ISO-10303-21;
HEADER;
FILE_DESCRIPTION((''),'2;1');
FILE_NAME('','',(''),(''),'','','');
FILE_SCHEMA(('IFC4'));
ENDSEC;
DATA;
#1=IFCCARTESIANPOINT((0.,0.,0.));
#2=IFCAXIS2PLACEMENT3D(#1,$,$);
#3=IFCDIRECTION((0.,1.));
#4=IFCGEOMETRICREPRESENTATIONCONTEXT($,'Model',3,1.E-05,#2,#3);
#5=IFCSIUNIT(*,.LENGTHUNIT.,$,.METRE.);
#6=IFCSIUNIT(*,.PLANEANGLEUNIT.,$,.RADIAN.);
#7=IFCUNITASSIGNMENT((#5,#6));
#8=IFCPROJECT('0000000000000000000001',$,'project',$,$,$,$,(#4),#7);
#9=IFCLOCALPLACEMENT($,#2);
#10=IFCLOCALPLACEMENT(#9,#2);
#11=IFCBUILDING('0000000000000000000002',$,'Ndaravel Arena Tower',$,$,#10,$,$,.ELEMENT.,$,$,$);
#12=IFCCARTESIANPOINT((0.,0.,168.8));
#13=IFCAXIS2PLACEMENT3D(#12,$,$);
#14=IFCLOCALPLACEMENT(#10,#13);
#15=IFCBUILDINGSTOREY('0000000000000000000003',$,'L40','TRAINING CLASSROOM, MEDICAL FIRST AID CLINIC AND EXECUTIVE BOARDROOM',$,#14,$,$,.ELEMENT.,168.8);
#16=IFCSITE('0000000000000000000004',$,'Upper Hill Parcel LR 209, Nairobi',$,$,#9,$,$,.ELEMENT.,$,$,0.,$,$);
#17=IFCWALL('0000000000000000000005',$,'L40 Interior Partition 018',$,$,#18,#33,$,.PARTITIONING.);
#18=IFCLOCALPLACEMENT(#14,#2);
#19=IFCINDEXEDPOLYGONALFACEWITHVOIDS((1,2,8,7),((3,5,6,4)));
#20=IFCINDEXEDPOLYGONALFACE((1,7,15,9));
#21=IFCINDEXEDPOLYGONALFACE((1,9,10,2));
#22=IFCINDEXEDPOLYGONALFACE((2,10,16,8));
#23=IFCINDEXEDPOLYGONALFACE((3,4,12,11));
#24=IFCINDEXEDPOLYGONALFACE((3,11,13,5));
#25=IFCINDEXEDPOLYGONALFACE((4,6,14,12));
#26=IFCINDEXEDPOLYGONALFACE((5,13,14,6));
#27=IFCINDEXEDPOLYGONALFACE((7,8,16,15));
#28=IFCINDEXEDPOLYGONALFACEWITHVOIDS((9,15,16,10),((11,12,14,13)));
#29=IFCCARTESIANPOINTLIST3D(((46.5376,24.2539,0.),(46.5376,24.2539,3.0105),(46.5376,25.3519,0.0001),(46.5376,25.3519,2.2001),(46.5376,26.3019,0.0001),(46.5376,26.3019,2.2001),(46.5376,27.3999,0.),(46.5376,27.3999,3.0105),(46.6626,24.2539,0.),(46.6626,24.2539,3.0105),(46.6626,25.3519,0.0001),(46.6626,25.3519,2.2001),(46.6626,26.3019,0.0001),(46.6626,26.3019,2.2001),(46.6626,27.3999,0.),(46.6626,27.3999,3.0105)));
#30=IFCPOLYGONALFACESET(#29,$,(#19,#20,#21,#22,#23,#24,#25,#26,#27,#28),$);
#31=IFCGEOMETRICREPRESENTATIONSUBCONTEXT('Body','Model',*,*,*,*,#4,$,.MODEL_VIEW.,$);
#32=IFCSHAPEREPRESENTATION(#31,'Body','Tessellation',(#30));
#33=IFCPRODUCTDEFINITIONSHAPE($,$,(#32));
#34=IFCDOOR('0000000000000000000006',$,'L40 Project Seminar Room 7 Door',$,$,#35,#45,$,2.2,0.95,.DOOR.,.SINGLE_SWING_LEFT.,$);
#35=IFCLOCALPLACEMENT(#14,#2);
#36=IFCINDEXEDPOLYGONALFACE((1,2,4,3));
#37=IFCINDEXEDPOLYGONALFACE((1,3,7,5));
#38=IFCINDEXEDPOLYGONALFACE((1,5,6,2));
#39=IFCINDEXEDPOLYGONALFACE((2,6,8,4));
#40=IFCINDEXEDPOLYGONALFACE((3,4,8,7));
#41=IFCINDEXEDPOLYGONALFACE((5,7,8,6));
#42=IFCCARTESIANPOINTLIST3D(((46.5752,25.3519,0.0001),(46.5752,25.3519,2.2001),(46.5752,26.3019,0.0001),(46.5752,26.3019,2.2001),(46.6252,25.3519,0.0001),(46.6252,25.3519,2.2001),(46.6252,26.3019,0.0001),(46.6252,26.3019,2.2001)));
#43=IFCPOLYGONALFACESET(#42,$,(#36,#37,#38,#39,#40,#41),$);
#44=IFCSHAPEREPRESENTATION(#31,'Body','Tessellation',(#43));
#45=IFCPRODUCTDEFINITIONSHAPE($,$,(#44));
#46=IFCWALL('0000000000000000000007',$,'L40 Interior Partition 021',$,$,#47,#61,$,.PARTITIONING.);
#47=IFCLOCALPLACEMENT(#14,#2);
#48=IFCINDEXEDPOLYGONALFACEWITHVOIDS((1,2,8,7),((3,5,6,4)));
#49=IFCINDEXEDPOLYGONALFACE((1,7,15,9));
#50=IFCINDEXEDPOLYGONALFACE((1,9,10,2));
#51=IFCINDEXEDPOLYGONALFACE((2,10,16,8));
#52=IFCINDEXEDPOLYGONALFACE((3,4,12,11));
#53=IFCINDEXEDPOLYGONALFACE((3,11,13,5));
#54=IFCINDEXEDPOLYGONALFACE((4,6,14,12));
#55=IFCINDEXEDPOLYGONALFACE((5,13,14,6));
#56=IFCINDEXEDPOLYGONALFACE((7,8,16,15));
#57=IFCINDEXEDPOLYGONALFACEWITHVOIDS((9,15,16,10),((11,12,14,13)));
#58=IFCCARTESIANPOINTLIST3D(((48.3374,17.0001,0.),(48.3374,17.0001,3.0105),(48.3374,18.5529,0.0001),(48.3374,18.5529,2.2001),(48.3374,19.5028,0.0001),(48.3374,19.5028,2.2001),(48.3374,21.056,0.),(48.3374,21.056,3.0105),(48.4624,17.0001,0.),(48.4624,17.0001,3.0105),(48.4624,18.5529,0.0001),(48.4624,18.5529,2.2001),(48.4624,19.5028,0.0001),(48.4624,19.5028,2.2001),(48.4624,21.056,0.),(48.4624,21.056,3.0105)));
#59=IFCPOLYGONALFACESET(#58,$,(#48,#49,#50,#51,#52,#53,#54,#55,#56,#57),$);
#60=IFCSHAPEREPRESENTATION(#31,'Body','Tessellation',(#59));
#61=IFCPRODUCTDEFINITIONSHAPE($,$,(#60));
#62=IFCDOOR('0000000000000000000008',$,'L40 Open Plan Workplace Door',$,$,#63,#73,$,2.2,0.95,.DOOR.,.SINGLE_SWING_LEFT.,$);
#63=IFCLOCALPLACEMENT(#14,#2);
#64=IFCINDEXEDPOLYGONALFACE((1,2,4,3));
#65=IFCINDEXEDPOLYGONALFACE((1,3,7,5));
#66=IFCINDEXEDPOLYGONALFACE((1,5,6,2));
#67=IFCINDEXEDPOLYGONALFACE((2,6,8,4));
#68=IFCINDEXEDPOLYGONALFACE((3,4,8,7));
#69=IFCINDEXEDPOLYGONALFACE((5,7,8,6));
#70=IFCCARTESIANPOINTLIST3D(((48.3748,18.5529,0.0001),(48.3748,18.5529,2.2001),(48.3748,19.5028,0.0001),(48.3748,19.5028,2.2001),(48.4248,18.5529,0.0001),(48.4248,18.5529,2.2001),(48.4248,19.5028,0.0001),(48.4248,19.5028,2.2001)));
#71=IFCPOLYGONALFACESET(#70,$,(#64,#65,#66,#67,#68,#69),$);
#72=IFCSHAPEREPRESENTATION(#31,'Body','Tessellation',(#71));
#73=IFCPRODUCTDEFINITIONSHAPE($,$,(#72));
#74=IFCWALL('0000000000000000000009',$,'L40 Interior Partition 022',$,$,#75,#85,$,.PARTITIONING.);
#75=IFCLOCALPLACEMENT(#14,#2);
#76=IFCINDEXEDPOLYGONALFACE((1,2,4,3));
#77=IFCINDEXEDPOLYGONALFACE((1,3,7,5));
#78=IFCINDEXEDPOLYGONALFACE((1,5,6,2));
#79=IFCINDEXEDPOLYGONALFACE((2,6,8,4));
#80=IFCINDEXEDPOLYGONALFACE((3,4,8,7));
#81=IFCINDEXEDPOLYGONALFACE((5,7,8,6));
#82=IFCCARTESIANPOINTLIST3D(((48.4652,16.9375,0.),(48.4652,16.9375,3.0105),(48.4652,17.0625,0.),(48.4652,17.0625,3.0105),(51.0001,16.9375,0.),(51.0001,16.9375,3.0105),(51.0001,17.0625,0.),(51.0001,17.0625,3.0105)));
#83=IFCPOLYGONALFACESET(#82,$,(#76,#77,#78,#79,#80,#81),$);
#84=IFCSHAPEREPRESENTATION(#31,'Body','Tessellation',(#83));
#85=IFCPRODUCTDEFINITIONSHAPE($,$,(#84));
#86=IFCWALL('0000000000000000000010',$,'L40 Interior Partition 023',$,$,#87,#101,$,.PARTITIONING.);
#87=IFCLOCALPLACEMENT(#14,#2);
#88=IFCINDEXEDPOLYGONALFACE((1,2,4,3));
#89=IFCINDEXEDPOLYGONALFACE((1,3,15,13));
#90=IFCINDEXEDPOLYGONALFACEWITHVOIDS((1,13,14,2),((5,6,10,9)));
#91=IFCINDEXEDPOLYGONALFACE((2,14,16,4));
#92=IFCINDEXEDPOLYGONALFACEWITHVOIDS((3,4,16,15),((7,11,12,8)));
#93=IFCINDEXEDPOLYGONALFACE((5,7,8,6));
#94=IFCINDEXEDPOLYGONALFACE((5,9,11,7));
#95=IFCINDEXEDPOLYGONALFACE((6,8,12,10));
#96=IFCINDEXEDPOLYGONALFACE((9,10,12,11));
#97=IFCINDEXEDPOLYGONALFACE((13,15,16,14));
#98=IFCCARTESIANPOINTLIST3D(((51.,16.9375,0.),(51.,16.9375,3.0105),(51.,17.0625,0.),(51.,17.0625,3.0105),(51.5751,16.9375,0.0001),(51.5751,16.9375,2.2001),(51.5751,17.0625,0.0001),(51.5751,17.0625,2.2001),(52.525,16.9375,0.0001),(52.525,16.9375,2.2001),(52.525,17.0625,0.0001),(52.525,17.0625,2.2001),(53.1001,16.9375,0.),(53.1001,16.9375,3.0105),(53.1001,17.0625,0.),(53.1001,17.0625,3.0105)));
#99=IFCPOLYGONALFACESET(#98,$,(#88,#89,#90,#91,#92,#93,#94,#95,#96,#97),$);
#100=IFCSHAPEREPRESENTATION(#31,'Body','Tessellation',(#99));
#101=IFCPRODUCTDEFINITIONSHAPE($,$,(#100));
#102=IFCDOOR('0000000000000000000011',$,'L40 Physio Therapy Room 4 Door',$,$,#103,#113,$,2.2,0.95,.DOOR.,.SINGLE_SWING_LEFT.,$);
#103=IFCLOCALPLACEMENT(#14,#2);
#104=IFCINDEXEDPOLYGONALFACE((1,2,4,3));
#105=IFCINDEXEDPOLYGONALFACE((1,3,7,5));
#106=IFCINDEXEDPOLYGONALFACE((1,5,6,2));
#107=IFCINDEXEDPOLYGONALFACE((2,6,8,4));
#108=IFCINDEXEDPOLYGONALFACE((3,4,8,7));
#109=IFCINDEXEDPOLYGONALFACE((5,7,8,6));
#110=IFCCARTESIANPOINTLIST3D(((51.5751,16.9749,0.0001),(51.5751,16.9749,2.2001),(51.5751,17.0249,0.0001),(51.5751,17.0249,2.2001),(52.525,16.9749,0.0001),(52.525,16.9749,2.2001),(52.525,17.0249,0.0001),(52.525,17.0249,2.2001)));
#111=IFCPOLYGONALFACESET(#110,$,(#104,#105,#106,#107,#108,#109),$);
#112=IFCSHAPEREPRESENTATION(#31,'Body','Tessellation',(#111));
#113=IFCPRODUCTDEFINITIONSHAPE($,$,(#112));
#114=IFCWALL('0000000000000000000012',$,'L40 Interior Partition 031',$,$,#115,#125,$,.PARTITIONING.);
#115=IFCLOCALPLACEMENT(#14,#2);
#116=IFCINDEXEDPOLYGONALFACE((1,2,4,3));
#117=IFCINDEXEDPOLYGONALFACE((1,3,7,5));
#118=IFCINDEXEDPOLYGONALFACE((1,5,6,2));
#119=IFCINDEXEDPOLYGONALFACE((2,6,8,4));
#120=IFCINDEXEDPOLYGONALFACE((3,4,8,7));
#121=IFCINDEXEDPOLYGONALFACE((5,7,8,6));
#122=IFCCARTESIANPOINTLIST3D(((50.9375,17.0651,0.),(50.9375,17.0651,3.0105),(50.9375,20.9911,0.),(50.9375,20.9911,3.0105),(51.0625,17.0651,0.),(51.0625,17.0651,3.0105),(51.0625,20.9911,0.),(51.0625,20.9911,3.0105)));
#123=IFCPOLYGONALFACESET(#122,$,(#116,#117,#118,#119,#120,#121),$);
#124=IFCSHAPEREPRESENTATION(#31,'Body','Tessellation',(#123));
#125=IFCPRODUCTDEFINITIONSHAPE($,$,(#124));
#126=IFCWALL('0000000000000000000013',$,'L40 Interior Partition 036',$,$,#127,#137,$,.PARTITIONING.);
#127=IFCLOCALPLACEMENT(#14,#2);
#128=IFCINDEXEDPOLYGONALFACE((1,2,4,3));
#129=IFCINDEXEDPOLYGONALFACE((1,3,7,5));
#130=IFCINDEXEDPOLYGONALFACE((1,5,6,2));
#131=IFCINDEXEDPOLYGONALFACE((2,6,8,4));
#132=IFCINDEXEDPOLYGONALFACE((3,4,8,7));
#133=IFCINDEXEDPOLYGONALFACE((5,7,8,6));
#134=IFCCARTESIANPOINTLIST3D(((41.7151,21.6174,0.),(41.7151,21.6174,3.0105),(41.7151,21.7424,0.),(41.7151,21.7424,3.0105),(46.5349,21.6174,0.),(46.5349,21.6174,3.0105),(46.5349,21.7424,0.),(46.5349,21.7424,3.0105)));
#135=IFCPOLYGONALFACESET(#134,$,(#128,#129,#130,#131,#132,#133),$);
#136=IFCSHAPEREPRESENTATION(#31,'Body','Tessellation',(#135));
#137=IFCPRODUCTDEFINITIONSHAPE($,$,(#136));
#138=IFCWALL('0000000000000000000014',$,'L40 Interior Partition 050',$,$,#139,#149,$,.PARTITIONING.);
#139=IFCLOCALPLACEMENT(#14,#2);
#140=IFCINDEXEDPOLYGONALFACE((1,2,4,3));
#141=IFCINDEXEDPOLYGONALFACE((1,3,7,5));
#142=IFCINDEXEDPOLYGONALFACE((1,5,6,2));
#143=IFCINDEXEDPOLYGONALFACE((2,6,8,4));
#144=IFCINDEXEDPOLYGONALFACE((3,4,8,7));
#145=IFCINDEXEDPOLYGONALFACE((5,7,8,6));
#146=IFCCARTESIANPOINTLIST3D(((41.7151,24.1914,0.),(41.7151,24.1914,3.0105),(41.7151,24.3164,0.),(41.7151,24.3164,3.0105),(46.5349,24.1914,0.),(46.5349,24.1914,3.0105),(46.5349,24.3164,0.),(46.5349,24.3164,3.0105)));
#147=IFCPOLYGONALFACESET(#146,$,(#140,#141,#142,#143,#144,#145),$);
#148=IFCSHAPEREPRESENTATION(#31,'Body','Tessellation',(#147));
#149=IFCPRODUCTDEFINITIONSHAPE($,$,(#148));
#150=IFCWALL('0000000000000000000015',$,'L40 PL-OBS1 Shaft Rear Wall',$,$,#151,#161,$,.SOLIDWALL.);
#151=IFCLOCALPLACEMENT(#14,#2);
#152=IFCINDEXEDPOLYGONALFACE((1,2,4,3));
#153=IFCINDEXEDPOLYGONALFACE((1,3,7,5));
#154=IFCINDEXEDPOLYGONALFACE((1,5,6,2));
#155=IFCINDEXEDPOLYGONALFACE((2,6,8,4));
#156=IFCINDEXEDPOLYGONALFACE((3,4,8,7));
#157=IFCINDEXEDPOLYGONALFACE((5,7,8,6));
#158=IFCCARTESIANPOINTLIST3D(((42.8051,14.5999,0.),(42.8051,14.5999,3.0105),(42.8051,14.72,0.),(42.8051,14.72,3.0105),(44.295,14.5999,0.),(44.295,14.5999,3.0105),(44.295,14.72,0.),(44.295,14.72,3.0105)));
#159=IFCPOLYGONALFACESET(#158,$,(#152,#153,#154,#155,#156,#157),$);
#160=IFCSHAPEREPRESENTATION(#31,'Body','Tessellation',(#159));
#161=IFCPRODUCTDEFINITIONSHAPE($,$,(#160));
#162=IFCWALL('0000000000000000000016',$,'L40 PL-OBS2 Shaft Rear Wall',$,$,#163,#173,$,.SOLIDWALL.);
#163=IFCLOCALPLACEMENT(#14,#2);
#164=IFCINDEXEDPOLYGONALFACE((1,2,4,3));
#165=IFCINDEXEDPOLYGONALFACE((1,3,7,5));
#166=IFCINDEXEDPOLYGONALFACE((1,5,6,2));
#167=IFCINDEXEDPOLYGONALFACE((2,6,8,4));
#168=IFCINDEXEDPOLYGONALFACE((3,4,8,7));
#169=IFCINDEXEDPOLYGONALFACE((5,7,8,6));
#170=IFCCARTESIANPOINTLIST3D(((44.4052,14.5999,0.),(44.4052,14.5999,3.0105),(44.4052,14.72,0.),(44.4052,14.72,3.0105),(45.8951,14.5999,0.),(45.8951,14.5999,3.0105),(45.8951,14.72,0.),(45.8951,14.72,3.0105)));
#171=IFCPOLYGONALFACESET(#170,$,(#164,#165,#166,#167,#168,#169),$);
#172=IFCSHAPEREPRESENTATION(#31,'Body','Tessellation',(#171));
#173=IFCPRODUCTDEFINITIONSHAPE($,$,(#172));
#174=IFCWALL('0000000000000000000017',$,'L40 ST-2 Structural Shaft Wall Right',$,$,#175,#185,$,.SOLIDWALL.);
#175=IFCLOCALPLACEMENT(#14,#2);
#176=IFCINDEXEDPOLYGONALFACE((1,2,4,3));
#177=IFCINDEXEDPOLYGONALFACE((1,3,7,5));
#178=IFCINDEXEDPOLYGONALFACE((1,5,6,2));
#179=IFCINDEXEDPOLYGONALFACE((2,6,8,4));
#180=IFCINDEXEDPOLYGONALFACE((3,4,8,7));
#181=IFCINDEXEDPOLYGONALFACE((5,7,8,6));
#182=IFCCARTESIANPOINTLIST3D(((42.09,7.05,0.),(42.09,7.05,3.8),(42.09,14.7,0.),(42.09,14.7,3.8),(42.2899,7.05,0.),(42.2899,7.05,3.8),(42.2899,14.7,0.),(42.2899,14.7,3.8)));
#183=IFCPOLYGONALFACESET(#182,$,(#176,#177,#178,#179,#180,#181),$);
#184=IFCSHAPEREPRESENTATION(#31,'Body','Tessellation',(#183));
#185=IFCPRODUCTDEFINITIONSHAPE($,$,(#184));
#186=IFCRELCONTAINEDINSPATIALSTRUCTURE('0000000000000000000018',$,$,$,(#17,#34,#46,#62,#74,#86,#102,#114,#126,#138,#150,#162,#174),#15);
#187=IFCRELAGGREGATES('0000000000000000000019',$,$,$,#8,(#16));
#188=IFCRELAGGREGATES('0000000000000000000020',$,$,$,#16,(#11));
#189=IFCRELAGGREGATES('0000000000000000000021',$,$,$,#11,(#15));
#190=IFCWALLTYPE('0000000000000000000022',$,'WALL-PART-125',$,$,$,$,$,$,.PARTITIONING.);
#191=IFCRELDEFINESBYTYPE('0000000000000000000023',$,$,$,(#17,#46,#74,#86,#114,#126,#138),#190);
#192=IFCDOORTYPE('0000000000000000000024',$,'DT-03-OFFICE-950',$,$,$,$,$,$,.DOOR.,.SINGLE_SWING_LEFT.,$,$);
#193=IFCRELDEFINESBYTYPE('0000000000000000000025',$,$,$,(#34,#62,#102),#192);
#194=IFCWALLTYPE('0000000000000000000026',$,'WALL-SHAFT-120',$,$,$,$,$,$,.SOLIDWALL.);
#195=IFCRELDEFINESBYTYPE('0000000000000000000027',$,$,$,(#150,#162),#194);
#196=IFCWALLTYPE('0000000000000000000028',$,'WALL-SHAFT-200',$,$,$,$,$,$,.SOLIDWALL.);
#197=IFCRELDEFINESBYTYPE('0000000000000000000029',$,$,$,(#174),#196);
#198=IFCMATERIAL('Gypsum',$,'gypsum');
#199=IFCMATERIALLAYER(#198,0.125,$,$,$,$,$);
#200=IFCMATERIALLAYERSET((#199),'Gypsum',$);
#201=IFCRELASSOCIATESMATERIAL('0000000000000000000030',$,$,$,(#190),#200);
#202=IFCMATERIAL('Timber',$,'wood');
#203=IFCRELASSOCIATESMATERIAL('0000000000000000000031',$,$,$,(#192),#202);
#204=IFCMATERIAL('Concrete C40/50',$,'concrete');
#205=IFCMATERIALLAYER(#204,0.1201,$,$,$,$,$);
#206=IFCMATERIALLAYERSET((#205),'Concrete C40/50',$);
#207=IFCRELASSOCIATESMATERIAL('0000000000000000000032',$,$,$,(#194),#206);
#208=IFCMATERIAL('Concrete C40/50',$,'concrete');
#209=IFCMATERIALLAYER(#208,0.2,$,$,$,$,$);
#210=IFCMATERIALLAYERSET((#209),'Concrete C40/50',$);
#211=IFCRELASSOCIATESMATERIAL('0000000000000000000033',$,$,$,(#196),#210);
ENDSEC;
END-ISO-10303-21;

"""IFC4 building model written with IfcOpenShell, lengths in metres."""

from ifc_helpers import new_model, si_unit, direction, frame, frame_2d, origin, place, context, subcontext, project, spatial, rectangle, extrude, material, layer, layer_set, type_object, element, fill, save


model = new_model("IFC4")

# Units and contexts
model_context = context("Model", 3, precision=1e-05, world=origin(), true_north=direction((0.0, 1.0)))
body_context = subcontext(model_context, "Body", "Model", "MODEL_VIEW")
ifc_project = project(units=[si_unit("LENGTHUNIT", "METRE"), si_unit("PLANEANGLEUNIT", "RADIAN")], contexts=[model_context])

# Site, building, storey
site_placement = place(None, origin())
site = spatial("IfcSite", under=ifc_project, at=site_placement, Name="Upper Hill Parcel LR 209, Nairobi", CompositionType="ELEMENT", RefElevation=0.0)
building_placement = place(site_placement, origin())
building = spatial("IfcBuilding", under=site, at=building_placement, Name="Ndaravel Arena Tower", CompositionType="ELEMENT")
storey_placement = place(building_placement, frame((0.0, 0.0, 168.8)))
storey = spatial("IfcBuildingStorey", under=building, at=storey_placement, Name="L40", Description="TRAINING CLASSROOM, MEDICAL FIRST AID CLINIC AND EXECUTIVE BOARDROOM", CompositionType="ELEMENT", Elevation=168.8)

# Shared definitions
ifc_material_1 = material(Name="Gypsum", Category="gypsum")
ifc_layer_1 = layer(ifc_material_1, 0.125)
ifc_layer_set_1 = layer_set([ifc_layer_1], Name="Gypsum")
wall_type_1 = type_object("IfcWallType", Name="WALL-PART-125", PredefinedType="PARTITIONING", material=ifc_layer_set_1)

# Walls, openings, doors
ifc_material_2 = material(Name="Timber", Category="wood")
door_type = type_object("IfcDoorType", Name="DT-03-OFFICE-950", OperationType="SINGLE_SWING_LEFT", PredefinedType="DOOR", material=ifc_material_2)
wall_1_placement = place(storey_placement, frame((46.6001, 24.2539, 0.0), z_axis=(0.0, 0.0, 1.0), x_axis=(0.0, 1.0, 0.0)))
wall_1 = element("IfcWall", 1, at=wall_1_placement, inside=storey, type_object=wall_type_1, Name="L40 Interior Partition 018", PredefinedType="PARTITIONING", context=body_context, shape_type="SweptSolid", body=[
    extrude(rectangle(XDim=3.146, YDim=0.125, at=frame_2d((1.573, 0.0))), origin(), (0.0, 0.0, 1.0), 3.0105),
])
opening_1_placement = place(wall_1_placement, frame((1.0979, 0.0, 0.0)))
opening_1 = element("IfcOpeningElement", 2, at=opening_1_placement, cuts=wall_1, PredefinedType="OPENING", context=body_context, shape_type="SweptSolid", body=[
    extrude(rectangle(XDim=0.95, YDim=2.2, at=frame_2d((0.4751, 1.1001))), frame((0.0, 0.0625, 0.0), z_axis=(0.0, -1.0, 0.0), x_axis=(1.0, 0.0, 0.0)), (0.0, 0.0, 1.0), 0.125),
])
door_1_placement = place(opening_1_placement, origin())
door_1 = element("IfcDoor", 3, at=door_1_placement, inside=storey, type_object=door_type, Name="L40 Project Seminar Room 7 Door", OperationType="SINGLE_SWING_LEFT", OverallHeight=2.2, OverallWidth=0.95, PredefinedType="DOOR", context=body_context, shape_type="SweptSolid", body=[
    extrude(rectangle(XDim=0.95, YDim=2.2, at=frame_2d((0.4751, 1.1001))), frame((0.0, 0.0249, 0.0), z_axis=(0.0, -1.0, 0.0), x_axis=(1.0, 0.0, 0.0)), (0.0, 0.0, 1.0), 0.05),
])
fill(opening_1, door_1)
wall_2_placement = place(storey_placement, frame((48.3999, 21.0559, 0.0), z_axis=(0.0, 0.0, 1.0), x_axis=(0.0, -1.0, 0.0)))
wall_2 = element("IfcWall", 4, at=wall_2_placement, inside=storey, type_object=wall_type_1, Name="L40 Interior Partition 021", PredefinedType="PARTITIONING", context=body_context, shape_type="SweptSolid", body=[
    extrude(rectangle(XDim=4.0559, YDim=0.125, at=frame_2d((2.0278, 0.0))), origin(), (0.0, 0.0, 1.0), 3.0105),
])
opening_2_placement = place(wall_2_placement, frame((1.553, 0.0, 0.0)))
opening_2 = element("IfcOpeningElement", 5, at=opening_2_placement, cuts=wall_2, PredefinedType="OPENING", context=body_context, shape_type="SweptSolid", body=[
    extrude(rectangle(XDim=0.95, YDim=2.2, at=frame_2d((0.4751, 1.1001))), frame((0.0, 0.0625, 0.0), z_axis=(0.0, -1.0, 0.0), x_axis=(1.0, 0.0, 0.0)), (0.0, 0.0, 1.0), 0.125),
])
door_2_placement = place(opening_2_placement, origin())
door_2 = element("IfcDoor", 6, at=door_2_placement, inside=storey, type_object=door_type, Name="L40 Open Plan Workplace Door", OperationType="SINGLE_SWING_LEFT", OverallHeight=2.2, OverallWidth=0.95, PredefinedType="DOOR", context=body_context, shape_type="SweptSolid", body=[
    extrude(rectangle(XDim=0.95, YDim=2.2, at=frame_2d((0.4751, 1.1001))), frame((0.0, 0.0249, 0.0), z_axis=(0.0, -1.0, 0.0), x_axis=(1.0, 0.0, 0.0)), (0.0, 0.0, 1.0), 0.05),
])
fill(opening_2, door_2)

# Wall
wall_3_placement = place(storey_placement, frame((48.4651, 17.0, 0.0), z_axis=(0.0, 0.0, 1.0), x_axis=(1.0, 0.0, 0.0)))
element("IfcWall", 7, at=wall_3_placement, inside=storey, type_object=wall_type_1, Name="L40 Interior Partition 022", PredefinedType="PARTITIONING", context=body_context, shape_type="SweptSolid", body=[
    extrude(rectangle(XDim=2.5349, YDim=0.125, at=frame_2d((1.2676, 0.0))), origin(), (0.0, 0.0, 1.0), 3.0105),
])

# Wall, opening, door
wall_4_placement = place(storey_placement, frame((51.0, 17.0, 0.0), z_axis=(0.0, 0.0, 1.0), x_axis=(1.0, 0.0, 0.0)))
wall_4 = element("IfcWall", 8, at=wall_4_placement, inside=storey, type_object=wall_type_1, Name="L40 Interior Partition 023", PredefinedType="PARTITIONING", context=body_context, shape_type="SweptSolid", body=[
    extrude(rectangle(XDim=2.1001, YDim=0.125, at=frame_2d((1.05, 0.0))), origin(), (0.0, 0.0, 1.0), 3.0105),
])
opening_3_placement = place(wall_4_placement, frame((0.575, 0.0, 0.0)))
opening_3 = element("IfcOpeningElement", 9, at=opening_3_placement, cuts=wall_4, PredefinedType="OPENING", context=body_context, shape_type="SweptSolid", body=[
    extrude(rectangle(XDim=0.95, YDim=2.2, at=frame_2d((0.4751, 1.1001))), frame((0.0, 0.0625, 0.0), z_axis=(0.0, -1.0, 0.0), x_axis=(1.0, 0.0, 0.0)), (0.0, 0.0, 1.0), 0.125),
])
door_3_placement = place(opening_3_placement, origin())
door_3 = element("IfcDoor", 10, at=door_3_placement, inside=storey, type_object=door_type, Name="L40 Physio Therapy Room 4 Door", OperationType="SINGLE_SWING_LEFT", OverallHeight=2.2, OverallWidth=0.95, PredefinedType="DOOR", context=body_context, shape_type="SweptSolid", body=[
    extrude(rectangle(XDim=0.95, YDim=2.2, at=frame_2d((0.4751, 1.1001))), frame((0.0, 0.0249, 0.0), z_axis=(0.0, -1.0, 0.0), x_axis=(1.0, 0.0, 0.0)), (0.0, 0.0, 1.0), 0.05),
])
fill(opening_3, door_3)

# Walls
wall_5_placement = place(storey_placement, frame((51.0, 20.991, 0.0), z_axis=(0.0, 0.0, 1.0), x_axis=(0.0, -1.0, 0.0)))
element("IfcWall", 11, at=wall_5_placement, inside=storey, type_object=wall_type_1, Name="L40 Interior Partition 031", PredefinedType="PARTITIONING", context=body_context, shape_type="SweptSolid", body=[
    extrude(rectangle(XDim=3.926, YDim=0.125, at=frame_2d((1.9629, 0.0))), origin(), (0.0, 0.0, 1.0), 3.0105),
])
for number, where, z_axis, x_axis, name in (
    (12, (41.7151, 21.6799, 0.0), (0.0, 0.0, 1.0), (1.0, 0.0, 0.0), "L40 Interior Partition 036"),
    (13, (41.7151, 24.2539, 0.0), (0.0, 0.0, 1.0), (1.0, 0.0, 0.0), "L40 Interior Partition 050"),
):
    element("IfcWall", number, at=place(storey_placement, frame(where, z_axis=z_axis, x_axis=x_axis)), inside=storey, type_object=wall_type_1, Name=name, PredefinedType="PARTITIONING", context=body_context, shape_type="SweptSolid", body=[
        extrude(rectangle(XDim=4.8198, YDim=0.125, at=frame_2d((2.4099, 0.0))), origin(), (0.0, 0.0, 1.0), 3.0105),
    ])
ifc_material_3 = material(Name="Concrete C40/50", Category="concrete")
ifc_layer_2 = layer(ifc_material_3, 0.1201)
ifc_layer_set_2 = layer_set([ifc_layer_2], Name="Concrete C40/50")
wall_type_2 = type_object("IfcWallType", Name="WALL-SHAFT-120", PredefinedType="SOLIDWALL", material=ifc_layer_set_2)
for number, where, z_axis, x_axis, name in (
    (14, (42.8049, 14.6599, 0.0), (0.0, 0.0, 1.0), (1.0, 0.0, 0.0), "L40 PL-OBS1 Shaft Rear Wall"),
    (15, (44.405, 14.6599, 0.0), (0.0, 0.0, 1.0), (1.0, 0.0, 0.0), "L40 PL-OBS2 Shaft Rear Wall"),
):
    element("IfcWall", number, at=place(storey_placement, frame(where, z_axis=z_axis, x_axis=x_axis)), inside=storey, type_object=wall_type_2, Name=name, PredefinedType="SOLIDWALL", context=body_context, shape_type="SweptSolid", body=[
        extrude(rectangle(XDim=1.49, YDim=0.1201, at=frame_2d((0.7451, 0.0))), origin(), (0.0, 0.0, 1.0), 3.0105),
    ])
ifc_material_4 = material(Name="Concrete C40/50", Category="concrete")
ifc_layer_3 = layer(ifc_material_4, 0.2)
ifc_layer_set_3 = layer_set([ifc_layer_3], Name="Concrete C40/50")
wall_type_3 = type_object("IfcWallType", Name="WALL-SHAFT-200", PredefinedType="SOLIDWALL", material=ifc_layer_set_3)
wall_6_placement = place(storey_placement, frame((42.1899, 14.7, 0.0), z_axis=(0.0, 0.0, 1.0), x_axis=(0.0, -1.0, 0.0)))
element("IfcWall", 16, at=wall_6_placement, inside=storey, type_object=wall_type_3, Name="L40 ST-2 Structural Shaft Wall Right", PredefinedType="SOLIDWALL", context=body_context, shape_type="SweptSolid", body=[
    extrude(rectangle(XDim=7.6499, YDim=0.2, at=frame_2d((3.825, 0.0))), origin(), (0.0, 0.0, 1.0), 3.8),
])

save(model, "model.ifc")
